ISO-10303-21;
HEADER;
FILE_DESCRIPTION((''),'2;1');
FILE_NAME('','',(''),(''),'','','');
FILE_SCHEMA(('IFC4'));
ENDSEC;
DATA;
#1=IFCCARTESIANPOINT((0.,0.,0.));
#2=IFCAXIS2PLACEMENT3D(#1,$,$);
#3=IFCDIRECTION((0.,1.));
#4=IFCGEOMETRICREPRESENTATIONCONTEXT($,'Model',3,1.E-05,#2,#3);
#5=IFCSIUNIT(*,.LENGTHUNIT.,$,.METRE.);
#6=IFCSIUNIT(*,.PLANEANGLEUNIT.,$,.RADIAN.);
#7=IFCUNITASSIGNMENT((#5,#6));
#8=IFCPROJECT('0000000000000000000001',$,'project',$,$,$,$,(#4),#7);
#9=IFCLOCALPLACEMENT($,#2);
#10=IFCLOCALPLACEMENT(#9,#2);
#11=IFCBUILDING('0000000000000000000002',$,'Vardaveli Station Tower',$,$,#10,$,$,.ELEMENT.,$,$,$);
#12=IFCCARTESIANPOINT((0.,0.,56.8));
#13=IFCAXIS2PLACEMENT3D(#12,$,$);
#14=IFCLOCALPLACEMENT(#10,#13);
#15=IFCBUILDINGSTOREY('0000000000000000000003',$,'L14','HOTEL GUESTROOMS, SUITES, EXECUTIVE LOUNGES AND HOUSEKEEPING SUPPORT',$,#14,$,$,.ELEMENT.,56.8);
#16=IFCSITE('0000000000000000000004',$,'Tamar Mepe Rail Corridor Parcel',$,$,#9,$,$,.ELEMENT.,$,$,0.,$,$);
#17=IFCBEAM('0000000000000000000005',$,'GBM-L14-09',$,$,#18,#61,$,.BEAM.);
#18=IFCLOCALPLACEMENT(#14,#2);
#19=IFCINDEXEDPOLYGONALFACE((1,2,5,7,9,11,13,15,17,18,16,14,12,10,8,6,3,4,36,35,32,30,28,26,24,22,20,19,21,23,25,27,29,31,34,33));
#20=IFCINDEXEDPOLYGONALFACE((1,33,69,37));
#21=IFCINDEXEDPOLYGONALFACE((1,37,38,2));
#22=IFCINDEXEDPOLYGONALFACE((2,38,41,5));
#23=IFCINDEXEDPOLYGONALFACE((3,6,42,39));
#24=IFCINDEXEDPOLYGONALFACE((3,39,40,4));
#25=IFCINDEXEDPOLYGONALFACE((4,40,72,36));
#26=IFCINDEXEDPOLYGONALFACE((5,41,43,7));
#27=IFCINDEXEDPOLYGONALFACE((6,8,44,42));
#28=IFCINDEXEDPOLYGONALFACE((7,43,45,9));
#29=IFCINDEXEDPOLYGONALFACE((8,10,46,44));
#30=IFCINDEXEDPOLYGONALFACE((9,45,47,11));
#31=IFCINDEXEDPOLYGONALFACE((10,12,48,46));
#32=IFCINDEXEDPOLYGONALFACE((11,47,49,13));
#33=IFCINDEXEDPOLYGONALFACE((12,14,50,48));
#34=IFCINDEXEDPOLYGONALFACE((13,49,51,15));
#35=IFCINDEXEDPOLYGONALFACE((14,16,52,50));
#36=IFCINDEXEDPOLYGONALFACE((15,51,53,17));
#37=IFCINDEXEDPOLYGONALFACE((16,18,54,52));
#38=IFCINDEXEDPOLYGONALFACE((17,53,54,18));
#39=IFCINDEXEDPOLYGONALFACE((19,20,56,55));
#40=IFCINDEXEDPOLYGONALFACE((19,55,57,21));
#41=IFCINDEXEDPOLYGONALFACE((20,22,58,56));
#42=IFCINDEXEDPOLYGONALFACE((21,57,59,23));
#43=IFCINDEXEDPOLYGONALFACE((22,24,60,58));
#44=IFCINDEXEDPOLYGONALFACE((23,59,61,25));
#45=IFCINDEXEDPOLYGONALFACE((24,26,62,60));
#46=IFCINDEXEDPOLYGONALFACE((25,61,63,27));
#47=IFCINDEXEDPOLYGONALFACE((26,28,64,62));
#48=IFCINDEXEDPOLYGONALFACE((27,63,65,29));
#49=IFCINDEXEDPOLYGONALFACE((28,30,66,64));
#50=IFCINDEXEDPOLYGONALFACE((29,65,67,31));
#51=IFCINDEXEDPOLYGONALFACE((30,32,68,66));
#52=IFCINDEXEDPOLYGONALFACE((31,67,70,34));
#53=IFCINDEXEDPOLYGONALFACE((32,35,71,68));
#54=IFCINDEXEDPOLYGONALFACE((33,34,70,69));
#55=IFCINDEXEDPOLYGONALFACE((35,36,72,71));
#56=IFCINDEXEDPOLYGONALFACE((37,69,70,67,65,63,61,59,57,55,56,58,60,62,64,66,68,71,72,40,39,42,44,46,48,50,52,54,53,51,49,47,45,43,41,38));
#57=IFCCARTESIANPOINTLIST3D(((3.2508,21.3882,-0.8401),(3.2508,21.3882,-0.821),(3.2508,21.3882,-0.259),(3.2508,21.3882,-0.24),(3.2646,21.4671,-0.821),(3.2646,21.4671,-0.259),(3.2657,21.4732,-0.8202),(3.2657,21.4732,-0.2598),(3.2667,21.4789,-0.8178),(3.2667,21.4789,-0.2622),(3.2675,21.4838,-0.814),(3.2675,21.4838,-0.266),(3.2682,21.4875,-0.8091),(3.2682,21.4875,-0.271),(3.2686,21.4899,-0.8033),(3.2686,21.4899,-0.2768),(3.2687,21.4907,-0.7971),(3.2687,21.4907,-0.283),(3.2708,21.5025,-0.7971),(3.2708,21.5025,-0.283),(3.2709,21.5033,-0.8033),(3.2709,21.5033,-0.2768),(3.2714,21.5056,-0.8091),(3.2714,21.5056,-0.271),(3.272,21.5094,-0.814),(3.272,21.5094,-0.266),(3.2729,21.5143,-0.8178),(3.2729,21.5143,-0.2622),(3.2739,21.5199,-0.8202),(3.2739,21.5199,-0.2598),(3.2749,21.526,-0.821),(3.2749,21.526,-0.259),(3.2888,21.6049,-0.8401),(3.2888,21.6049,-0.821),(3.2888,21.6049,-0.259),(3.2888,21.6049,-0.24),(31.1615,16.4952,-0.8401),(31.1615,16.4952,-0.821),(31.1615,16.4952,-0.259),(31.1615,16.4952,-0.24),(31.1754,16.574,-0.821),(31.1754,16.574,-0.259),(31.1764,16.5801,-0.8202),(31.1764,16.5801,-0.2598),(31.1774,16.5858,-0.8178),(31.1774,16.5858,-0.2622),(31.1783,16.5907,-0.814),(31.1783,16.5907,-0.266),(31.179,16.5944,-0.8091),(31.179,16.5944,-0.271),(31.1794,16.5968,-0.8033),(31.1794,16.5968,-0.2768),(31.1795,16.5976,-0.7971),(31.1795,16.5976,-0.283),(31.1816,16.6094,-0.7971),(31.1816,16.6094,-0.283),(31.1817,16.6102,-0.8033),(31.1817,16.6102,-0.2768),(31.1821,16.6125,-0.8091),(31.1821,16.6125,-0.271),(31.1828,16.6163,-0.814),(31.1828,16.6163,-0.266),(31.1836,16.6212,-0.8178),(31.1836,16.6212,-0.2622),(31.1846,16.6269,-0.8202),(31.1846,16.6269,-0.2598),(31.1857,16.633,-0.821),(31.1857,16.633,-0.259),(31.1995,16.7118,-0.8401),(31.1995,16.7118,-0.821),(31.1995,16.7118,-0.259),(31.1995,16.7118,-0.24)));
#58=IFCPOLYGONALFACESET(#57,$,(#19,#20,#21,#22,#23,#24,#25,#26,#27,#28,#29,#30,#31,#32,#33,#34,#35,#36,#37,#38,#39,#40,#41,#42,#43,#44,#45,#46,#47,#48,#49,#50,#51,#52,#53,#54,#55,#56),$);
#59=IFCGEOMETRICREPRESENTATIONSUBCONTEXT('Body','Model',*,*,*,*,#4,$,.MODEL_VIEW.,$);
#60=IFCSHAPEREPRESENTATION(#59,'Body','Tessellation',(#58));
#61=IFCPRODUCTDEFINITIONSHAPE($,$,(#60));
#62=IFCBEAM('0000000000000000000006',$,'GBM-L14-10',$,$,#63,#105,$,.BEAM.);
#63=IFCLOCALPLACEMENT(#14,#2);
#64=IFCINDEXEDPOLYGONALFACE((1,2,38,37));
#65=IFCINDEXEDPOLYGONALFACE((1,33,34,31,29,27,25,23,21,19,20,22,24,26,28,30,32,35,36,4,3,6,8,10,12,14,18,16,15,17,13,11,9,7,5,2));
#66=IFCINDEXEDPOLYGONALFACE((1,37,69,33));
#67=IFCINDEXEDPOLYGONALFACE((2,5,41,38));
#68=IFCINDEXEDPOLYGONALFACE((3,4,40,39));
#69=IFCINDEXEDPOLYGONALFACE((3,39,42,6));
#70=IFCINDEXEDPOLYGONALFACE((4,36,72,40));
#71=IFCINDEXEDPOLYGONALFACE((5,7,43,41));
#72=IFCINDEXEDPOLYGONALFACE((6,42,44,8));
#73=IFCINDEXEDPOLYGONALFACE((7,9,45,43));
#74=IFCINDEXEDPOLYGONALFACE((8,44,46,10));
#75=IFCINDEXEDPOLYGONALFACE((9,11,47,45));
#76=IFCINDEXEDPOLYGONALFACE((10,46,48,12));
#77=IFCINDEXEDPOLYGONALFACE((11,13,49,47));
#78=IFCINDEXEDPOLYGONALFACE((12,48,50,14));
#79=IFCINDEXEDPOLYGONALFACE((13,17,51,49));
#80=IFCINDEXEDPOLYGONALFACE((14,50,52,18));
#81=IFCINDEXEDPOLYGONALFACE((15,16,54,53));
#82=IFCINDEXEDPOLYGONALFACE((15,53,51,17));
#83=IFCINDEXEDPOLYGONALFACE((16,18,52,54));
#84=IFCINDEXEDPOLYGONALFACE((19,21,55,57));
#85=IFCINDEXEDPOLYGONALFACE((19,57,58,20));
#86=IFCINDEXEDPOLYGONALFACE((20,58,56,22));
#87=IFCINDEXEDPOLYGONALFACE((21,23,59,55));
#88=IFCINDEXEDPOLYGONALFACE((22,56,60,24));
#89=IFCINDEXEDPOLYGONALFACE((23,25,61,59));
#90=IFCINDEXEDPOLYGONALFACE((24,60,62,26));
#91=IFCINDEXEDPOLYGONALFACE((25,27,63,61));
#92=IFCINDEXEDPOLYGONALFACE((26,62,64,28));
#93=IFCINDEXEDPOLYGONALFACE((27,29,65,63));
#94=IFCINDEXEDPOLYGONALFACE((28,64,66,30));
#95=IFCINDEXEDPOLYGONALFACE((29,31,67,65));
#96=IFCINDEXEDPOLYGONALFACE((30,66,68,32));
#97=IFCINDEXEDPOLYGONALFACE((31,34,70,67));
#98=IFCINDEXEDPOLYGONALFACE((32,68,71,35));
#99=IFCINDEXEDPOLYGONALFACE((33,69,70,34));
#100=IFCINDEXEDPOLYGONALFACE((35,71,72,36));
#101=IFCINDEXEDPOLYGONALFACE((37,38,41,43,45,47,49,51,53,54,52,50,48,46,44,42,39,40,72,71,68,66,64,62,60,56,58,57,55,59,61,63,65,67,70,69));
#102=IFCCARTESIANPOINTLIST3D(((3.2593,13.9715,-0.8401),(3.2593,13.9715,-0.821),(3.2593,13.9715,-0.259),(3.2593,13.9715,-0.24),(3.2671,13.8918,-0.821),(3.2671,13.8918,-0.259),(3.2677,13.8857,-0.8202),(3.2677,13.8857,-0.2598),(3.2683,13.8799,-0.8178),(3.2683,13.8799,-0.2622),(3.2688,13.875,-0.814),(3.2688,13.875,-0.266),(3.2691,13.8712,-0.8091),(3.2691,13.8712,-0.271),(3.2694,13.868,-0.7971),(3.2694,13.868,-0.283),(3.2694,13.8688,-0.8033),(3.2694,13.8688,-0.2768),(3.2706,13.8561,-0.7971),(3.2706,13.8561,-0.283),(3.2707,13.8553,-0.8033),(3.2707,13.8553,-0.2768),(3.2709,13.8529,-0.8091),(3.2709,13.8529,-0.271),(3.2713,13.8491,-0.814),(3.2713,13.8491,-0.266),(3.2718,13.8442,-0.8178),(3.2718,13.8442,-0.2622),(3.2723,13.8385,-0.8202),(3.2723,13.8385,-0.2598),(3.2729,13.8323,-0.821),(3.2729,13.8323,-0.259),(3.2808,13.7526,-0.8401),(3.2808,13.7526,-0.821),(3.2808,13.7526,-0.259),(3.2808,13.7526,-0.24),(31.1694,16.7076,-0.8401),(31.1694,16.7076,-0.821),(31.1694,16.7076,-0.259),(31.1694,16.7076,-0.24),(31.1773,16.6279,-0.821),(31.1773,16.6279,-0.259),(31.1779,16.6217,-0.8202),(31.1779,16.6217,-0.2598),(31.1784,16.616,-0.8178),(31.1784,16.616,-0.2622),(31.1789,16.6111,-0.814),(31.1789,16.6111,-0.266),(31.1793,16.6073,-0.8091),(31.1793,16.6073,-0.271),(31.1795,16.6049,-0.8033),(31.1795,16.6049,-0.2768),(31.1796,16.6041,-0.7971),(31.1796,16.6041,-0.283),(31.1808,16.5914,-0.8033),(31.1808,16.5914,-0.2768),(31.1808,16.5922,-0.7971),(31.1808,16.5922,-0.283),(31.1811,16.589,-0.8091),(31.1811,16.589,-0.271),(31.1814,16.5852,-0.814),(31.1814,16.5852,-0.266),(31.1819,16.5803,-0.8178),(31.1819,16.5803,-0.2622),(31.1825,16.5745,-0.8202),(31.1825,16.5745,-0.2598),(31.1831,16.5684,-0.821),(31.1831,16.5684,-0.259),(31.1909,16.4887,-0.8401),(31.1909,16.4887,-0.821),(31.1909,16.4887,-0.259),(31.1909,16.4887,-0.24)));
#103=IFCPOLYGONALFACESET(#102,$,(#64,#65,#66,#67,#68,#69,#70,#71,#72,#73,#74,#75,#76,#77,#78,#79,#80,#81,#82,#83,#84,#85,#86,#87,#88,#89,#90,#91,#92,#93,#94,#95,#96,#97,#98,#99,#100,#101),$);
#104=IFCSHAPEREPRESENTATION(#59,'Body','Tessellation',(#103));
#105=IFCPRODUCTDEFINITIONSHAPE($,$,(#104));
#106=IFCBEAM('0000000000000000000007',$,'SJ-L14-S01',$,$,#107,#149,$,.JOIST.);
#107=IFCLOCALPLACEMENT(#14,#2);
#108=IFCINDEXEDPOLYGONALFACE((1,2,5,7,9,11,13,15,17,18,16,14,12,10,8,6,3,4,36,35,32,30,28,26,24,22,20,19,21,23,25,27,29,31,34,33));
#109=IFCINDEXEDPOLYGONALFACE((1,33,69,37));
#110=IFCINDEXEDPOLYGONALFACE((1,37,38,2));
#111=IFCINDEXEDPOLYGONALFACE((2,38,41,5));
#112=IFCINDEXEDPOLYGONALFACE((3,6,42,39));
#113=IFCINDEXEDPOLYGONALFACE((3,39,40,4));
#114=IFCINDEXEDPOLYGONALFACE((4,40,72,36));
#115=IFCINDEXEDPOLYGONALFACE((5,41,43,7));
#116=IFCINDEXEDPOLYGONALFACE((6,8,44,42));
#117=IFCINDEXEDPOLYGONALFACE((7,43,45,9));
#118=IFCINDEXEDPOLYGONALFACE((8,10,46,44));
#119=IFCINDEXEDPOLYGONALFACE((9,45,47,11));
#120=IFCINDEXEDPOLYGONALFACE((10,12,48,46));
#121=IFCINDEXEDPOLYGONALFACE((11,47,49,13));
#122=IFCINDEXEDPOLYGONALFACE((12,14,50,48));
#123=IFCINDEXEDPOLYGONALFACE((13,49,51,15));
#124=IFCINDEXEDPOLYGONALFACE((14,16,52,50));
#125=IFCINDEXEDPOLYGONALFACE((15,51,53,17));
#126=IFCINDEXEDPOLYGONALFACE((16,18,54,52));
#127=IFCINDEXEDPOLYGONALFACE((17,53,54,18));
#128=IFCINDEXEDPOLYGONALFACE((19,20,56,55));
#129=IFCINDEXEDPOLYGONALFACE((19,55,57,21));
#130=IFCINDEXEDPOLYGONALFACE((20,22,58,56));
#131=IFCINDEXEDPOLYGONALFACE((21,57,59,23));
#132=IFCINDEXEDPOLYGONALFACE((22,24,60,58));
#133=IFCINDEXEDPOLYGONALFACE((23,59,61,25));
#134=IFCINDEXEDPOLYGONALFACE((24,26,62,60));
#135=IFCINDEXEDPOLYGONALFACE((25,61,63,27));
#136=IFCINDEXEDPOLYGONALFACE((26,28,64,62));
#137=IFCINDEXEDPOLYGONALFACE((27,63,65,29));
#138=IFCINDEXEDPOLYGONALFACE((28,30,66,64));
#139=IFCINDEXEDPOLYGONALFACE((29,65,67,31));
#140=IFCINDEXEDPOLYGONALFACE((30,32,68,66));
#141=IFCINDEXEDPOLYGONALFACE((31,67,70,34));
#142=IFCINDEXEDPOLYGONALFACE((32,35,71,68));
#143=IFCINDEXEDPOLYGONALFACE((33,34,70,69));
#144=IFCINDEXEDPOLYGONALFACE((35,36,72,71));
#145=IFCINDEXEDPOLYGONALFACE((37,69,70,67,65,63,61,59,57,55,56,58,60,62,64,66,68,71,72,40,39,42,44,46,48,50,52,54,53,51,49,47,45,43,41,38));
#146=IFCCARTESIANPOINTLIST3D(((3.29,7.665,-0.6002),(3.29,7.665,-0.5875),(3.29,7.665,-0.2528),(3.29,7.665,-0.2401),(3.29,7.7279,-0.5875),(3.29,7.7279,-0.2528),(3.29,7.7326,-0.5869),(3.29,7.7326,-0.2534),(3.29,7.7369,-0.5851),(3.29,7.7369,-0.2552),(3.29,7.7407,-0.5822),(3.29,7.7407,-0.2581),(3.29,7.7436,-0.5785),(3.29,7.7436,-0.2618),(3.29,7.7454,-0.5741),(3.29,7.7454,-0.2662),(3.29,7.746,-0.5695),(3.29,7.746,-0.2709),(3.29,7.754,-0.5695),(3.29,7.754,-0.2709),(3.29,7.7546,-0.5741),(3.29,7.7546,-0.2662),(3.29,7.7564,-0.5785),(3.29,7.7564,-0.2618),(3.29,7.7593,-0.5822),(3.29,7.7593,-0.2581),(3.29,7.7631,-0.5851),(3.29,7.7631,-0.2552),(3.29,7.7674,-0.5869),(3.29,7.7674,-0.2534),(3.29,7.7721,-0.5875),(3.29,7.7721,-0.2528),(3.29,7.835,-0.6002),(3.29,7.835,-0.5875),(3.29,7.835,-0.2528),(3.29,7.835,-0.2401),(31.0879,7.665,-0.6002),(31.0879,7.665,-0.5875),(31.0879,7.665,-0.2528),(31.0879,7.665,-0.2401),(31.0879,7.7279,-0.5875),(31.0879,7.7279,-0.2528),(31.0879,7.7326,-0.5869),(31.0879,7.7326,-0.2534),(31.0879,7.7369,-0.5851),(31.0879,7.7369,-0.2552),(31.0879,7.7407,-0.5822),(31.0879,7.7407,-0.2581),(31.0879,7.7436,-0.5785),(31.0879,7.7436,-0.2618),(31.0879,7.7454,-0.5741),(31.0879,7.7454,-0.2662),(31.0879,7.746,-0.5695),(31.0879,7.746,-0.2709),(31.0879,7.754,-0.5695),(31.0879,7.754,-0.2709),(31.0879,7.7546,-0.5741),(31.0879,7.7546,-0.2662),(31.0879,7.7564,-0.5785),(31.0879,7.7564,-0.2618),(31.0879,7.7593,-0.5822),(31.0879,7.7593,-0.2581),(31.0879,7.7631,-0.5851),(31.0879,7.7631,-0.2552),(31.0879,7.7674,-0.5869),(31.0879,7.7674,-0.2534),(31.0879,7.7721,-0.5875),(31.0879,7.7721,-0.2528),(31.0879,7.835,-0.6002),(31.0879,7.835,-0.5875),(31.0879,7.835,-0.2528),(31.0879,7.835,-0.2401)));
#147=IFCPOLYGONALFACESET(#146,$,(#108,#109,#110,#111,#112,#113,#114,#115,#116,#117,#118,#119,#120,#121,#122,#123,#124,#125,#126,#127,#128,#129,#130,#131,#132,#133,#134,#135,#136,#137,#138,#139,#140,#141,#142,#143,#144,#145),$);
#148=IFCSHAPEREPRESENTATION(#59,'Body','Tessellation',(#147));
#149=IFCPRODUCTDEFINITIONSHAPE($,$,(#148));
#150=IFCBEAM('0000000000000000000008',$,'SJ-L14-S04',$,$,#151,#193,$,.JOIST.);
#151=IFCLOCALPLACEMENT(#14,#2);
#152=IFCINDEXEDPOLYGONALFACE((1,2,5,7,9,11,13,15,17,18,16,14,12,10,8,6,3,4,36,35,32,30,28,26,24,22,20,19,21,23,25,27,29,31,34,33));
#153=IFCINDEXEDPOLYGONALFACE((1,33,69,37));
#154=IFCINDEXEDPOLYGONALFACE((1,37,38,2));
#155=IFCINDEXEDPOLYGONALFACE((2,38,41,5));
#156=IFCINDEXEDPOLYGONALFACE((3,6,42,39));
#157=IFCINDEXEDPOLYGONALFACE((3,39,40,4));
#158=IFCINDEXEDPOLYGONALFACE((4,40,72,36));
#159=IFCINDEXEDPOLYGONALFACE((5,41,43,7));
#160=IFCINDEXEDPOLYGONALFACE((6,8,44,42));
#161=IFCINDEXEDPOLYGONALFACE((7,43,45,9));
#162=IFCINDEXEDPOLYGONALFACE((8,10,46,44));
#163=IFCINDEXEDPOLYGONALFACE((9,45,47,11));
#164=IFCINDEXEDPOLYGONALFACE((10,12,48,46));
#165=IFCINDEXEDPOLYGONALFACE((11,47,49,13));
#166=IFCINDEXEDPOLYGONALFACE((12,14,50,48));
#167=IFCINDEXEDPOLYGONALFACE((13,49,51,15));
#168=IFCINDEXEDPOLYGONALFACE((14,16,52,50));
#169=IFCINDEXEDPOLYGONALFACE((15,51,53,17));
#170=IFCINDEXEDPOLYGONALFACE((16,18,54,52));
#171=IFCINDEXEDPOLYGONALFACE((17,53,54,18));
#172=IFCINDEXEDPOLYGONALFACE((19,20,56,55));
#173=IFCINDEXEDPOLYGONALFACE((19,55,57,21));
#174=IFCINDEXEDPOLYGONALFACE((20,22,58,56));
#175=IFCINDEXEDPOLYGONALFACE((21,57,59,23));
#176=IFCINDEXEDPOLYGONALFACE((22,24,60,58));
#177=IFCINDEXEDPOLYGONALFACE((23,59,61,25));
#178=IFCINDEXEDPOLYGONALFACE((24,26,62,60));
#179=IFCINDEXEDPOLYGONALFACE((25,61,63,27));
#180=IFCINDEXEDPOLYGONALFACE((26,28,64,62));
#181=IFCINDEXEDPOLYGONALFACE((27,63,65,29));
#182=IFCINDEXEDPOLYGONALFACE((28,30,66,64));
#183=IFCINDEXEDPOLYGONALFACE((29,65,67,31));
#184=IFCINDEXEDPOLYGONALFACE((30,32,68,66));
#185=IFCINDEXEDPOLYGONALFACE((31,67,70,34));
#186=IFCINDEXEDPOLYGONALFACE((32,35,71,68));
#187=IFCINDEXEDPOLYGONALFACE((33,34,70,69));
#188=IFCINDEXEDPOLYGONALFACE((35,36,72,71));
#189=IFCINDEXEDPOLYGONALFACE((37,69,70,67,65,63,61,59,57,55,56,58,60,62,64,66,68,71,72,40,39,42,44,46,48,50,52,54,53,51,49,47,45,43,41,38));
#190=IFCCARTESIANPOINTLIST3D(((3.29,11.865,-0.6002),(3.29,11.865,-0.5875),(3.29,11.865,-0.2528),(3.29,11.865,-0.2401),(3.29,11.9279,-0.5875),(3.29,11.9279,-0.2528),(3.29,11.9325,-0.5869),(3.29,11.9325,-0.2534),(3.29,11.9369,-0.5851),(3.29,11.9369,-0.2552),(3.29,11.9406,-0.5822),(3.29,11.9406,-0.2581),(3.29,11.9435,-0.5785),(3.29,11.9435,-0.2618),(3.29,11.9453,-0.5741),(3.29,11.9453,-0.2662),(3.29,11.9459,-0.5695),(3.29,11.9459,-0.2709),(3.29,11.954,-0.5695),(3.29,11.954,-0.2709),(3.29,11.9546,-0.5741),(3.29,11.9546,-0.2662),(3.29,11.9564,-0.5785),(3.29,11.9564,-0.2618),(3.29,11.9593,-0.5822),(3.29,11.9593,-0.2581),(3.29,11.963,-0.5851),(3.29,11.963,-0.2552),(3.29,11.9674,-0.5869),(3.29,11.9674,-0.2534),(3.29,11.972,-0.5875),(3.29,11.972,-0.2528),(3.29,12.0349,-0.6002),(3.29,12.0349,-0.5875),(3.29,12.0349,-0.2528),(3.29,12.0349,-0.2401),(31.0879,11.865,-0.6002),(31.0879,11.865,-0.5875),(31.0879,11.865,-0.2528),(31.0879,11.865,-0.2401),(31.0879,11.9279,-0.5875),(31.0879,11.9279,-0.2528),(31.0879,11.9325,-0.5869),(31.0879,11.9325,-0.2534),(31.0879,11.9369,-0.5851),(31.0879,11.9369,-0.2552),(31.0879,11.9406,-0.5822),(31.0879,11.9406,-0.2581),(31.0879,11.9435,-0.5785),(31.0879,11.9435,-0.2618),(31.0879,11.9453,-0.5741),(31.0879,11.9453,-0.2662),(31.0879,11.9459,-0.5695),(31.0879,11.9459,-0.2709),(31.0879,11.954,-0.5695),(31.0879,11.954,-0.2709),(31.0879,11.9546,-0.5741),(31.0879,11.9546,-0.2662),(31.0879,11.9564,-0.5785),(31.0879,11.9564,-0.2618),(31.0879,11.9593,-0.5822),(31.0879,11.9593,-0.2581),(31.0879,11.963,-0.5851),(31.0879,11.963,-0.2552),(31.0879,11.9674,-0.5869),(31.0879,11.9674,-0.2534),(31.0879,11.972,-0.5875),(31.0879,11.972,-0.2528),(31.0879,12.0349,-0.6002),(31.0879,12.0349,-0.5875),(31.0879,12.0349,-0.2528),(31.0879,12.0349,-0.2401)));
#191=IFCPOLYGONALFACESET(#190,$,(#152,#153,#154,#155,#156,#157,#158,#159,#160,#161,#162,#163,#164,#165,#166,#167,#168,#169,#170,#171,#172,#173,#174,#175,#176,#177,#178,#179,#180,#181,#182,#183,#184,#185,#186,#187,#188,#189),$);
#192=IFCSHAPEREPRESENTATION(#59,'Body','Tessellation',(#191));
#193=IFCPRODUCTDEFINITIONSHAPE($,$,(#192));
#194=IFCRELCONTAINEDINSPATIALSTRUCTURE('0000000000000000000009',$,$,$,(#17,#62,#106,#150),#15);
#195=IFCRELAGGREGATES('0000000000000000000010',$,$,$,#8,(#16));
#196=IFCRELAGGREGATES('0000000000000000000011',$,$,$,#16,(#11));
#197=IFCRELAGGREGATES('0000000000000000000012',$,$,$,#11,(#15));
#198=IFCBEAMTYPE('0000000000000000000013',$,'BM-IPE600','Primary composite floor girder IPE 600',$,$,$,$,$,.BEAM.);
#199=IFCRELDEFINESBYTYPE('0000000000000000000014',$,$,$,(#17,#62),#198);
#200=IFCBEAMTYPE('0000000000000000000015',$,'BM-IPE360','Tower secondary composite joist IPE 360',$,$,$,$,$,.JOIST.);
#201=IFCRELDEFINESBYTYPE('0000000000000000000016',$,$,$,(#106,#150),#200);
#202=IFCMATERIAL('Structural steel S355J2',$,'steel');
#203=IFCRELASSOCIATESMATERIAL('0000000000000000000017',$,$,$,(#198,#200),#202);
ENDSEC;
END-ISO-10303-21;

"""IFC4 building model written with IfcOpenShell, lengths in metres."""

from ifc_helpers import new_model, si_unit, direction, frame, origin, origin_2d, place, context, subcontext, project, spatial, i_section, extrude, source, transform, mapped, material, material_profile, profile_set, type_object, element, save


model = new_model("IFC4")

# Units and contexts
model_context = context("Model", 3, precision=1e-05, world=origin(), true_north=direction((0.0, 1.0)))
body_context = subcontext(model_context, "Body", "Model", "MODEL_VIEW")
ifc_project = project(units=[si_unit("LENGTHUNIT", "METRE"), si_unit("PLANEANGLEUNIT", "RADIAN")], contexts=[model_context])

# Site, building, storey
site_placement = place(None, origin())
site = spatial("IfcSite", under=ifc_project, at=site_placement, Name="Tamar Mepe Rail Corridor Parcel", CompositionType="ELEMENT", RefElevation=0.0)
building_placement = place(site_placement, origin())
building = spatial("IfcBuilding", under=site, at=building_placement, Name="Vardaveli Station Tower", CompositionType="ELEMENT")
storey_placement = place(building_placement, frame((0.0, 0.0, 56.8)))
storey = spatial("IfcBuildingStorey", under=building, at=storey_placement, Name="L14", Description="HOTEL GUESTROOMS, SUITES, EXECUTIVE LOUNGES AND HOUSEKEEPING SUPPORT", CompositionType="ELEMENT", Elevation=56.8)

# Beams
ifc_material_1 = material(Name="Structural steel S355J2", Category="steel")
ifc_material_profile_1 = material_profile(ifc_material_1, i_section(OverallWidth=0.22, OverallDepth=0.6001, WebThickness=0.012, FlangeThickness=0.019, FilletRadius=0.0239, at=origin_2d()), Name="IPE 600")
ifc_profile_set_1 = profile_set([ifc_material_profile_1], Name="Structural steel S355J2")
beam_type_1 = type_object("IfcBeamType", Name="BM-IPE600", Description="Primary composite floor girder IPE 600", PredefinedType="BEAM", material=ifc_profile_set_1)
shared_shape_1 = source(origin(), body_context, "Body", "SweptSolid", [
    extrude(i_section(OverallWidth=0.22, OverallDepth=0.6001, WebThickness=0.012, FlangeThickness=0.019, FilletRadius=0.0239, at=origin_2d()), origin(), (0.0, 0.0, 1.0), 28.3364),
])
beam_1_placement = place(storey_placement, frame((3.2698, 21.4966, -0.54), z_axis=(0.984978, -0.172678, 0.0), x_axis=(0.172678, 0.984978, 0.0)))
element("IfcBeam", 1, at=beam_1_placement, inside=storey, type_object=beam_type_1, Name="GBM-L14-09", PredefinedType="BEAM", context=body_context, shape_type="MappedRepresentation", body=[
    mapped(shared_shape_1, transform((0.0, 0.0, 0.0), scale=1.0)),
])
shared_shape_2 = source(origin(), body_context, "Body", "SweptSolid", [
    extrude(i_section(OverallWidth=0.22, OverallDepth=0.6001, WebThickness=0.012, FlangeThickness=0.019, FilletRadius=0.0239, at=origin_2d()), origin(), (0.0, 0.0, 1.0), 28.0439),
])
beam_2_placement = place(storey_placement, frame((3.27, 13.8621, -0.54), z_axis=(0.995229, 0.097564, 0.0), x_axis=(-0.097564, 0.995229, 0.0)))
element("IfcBeam", 2, at=beam_2_placement, inside=storey, type_object=beam_type_1, Name="GBM-L14-10", PredefinedType="BEAM", context=body_context, shape_type="MappedRepresentation", body=[
    mapped(shared_shape_2, transform((0.0, 0.0, 0.0), scale=1.0)),
])
ifc_material_profile_2 = material_profile(ifc_material_1, i_section(OverallWidth=0.1699, OverallDepth=0.3601, WebThickness=0.0081, FlangeThickness=0.0127, FilletRadius=0.0181, at=origin_2d()), Name="IPE 360")
ifc_profile_set_2 = profile_set([ifc_material_profile_2], Name="Structural steel S355J2")
beam_type_2 = type_object("IfcBeamType", Name="BM-IPE360", Description="Tower secondary composite joist IPE 360", PredefinedType="JOIST", material=ifc_profile_set_2)
shared_shape_3 = source(origin(), body_context, "Body", "SweptSolid", [
    extrude(i_section(OverallWidth=0.1699, OverallDepth=0.3601, WebThickness=0.0081, FlangeThickness=0.0127, FilletRadius=0.0181, at=origin_2d()), origin(), (0.0, 0.0, 1.0), 27.7979),
])
for number, where, z_axis, x_axis, name in (
    (3, (3.29, 7.75, -0.4202), (1.0, 0.0, 0.0), (0.0, 1.0, 0.0), "SJ-L14-S01"),
    (4, (3.29, 11.95, -0.4202), (1.0, 0.0, 0.0), (0.0, 1.0, 0.0), "SJ-L14-S04"),
):
    element("IfcBeam", number, at=place(storey_placement, frame(where, z_axis=z_axis, x_axis=x_axis)), inside=storey, type_object=beam_type_2, Name=name, PredefinedType="JOIST", context=body_context, shape_type="MappedRepresentation", body=[
        mapped(shared_shape_3, transform((0.0, 0.0, 0.0), scale=1.0)),
    ])

save(model, "model.ifc")
